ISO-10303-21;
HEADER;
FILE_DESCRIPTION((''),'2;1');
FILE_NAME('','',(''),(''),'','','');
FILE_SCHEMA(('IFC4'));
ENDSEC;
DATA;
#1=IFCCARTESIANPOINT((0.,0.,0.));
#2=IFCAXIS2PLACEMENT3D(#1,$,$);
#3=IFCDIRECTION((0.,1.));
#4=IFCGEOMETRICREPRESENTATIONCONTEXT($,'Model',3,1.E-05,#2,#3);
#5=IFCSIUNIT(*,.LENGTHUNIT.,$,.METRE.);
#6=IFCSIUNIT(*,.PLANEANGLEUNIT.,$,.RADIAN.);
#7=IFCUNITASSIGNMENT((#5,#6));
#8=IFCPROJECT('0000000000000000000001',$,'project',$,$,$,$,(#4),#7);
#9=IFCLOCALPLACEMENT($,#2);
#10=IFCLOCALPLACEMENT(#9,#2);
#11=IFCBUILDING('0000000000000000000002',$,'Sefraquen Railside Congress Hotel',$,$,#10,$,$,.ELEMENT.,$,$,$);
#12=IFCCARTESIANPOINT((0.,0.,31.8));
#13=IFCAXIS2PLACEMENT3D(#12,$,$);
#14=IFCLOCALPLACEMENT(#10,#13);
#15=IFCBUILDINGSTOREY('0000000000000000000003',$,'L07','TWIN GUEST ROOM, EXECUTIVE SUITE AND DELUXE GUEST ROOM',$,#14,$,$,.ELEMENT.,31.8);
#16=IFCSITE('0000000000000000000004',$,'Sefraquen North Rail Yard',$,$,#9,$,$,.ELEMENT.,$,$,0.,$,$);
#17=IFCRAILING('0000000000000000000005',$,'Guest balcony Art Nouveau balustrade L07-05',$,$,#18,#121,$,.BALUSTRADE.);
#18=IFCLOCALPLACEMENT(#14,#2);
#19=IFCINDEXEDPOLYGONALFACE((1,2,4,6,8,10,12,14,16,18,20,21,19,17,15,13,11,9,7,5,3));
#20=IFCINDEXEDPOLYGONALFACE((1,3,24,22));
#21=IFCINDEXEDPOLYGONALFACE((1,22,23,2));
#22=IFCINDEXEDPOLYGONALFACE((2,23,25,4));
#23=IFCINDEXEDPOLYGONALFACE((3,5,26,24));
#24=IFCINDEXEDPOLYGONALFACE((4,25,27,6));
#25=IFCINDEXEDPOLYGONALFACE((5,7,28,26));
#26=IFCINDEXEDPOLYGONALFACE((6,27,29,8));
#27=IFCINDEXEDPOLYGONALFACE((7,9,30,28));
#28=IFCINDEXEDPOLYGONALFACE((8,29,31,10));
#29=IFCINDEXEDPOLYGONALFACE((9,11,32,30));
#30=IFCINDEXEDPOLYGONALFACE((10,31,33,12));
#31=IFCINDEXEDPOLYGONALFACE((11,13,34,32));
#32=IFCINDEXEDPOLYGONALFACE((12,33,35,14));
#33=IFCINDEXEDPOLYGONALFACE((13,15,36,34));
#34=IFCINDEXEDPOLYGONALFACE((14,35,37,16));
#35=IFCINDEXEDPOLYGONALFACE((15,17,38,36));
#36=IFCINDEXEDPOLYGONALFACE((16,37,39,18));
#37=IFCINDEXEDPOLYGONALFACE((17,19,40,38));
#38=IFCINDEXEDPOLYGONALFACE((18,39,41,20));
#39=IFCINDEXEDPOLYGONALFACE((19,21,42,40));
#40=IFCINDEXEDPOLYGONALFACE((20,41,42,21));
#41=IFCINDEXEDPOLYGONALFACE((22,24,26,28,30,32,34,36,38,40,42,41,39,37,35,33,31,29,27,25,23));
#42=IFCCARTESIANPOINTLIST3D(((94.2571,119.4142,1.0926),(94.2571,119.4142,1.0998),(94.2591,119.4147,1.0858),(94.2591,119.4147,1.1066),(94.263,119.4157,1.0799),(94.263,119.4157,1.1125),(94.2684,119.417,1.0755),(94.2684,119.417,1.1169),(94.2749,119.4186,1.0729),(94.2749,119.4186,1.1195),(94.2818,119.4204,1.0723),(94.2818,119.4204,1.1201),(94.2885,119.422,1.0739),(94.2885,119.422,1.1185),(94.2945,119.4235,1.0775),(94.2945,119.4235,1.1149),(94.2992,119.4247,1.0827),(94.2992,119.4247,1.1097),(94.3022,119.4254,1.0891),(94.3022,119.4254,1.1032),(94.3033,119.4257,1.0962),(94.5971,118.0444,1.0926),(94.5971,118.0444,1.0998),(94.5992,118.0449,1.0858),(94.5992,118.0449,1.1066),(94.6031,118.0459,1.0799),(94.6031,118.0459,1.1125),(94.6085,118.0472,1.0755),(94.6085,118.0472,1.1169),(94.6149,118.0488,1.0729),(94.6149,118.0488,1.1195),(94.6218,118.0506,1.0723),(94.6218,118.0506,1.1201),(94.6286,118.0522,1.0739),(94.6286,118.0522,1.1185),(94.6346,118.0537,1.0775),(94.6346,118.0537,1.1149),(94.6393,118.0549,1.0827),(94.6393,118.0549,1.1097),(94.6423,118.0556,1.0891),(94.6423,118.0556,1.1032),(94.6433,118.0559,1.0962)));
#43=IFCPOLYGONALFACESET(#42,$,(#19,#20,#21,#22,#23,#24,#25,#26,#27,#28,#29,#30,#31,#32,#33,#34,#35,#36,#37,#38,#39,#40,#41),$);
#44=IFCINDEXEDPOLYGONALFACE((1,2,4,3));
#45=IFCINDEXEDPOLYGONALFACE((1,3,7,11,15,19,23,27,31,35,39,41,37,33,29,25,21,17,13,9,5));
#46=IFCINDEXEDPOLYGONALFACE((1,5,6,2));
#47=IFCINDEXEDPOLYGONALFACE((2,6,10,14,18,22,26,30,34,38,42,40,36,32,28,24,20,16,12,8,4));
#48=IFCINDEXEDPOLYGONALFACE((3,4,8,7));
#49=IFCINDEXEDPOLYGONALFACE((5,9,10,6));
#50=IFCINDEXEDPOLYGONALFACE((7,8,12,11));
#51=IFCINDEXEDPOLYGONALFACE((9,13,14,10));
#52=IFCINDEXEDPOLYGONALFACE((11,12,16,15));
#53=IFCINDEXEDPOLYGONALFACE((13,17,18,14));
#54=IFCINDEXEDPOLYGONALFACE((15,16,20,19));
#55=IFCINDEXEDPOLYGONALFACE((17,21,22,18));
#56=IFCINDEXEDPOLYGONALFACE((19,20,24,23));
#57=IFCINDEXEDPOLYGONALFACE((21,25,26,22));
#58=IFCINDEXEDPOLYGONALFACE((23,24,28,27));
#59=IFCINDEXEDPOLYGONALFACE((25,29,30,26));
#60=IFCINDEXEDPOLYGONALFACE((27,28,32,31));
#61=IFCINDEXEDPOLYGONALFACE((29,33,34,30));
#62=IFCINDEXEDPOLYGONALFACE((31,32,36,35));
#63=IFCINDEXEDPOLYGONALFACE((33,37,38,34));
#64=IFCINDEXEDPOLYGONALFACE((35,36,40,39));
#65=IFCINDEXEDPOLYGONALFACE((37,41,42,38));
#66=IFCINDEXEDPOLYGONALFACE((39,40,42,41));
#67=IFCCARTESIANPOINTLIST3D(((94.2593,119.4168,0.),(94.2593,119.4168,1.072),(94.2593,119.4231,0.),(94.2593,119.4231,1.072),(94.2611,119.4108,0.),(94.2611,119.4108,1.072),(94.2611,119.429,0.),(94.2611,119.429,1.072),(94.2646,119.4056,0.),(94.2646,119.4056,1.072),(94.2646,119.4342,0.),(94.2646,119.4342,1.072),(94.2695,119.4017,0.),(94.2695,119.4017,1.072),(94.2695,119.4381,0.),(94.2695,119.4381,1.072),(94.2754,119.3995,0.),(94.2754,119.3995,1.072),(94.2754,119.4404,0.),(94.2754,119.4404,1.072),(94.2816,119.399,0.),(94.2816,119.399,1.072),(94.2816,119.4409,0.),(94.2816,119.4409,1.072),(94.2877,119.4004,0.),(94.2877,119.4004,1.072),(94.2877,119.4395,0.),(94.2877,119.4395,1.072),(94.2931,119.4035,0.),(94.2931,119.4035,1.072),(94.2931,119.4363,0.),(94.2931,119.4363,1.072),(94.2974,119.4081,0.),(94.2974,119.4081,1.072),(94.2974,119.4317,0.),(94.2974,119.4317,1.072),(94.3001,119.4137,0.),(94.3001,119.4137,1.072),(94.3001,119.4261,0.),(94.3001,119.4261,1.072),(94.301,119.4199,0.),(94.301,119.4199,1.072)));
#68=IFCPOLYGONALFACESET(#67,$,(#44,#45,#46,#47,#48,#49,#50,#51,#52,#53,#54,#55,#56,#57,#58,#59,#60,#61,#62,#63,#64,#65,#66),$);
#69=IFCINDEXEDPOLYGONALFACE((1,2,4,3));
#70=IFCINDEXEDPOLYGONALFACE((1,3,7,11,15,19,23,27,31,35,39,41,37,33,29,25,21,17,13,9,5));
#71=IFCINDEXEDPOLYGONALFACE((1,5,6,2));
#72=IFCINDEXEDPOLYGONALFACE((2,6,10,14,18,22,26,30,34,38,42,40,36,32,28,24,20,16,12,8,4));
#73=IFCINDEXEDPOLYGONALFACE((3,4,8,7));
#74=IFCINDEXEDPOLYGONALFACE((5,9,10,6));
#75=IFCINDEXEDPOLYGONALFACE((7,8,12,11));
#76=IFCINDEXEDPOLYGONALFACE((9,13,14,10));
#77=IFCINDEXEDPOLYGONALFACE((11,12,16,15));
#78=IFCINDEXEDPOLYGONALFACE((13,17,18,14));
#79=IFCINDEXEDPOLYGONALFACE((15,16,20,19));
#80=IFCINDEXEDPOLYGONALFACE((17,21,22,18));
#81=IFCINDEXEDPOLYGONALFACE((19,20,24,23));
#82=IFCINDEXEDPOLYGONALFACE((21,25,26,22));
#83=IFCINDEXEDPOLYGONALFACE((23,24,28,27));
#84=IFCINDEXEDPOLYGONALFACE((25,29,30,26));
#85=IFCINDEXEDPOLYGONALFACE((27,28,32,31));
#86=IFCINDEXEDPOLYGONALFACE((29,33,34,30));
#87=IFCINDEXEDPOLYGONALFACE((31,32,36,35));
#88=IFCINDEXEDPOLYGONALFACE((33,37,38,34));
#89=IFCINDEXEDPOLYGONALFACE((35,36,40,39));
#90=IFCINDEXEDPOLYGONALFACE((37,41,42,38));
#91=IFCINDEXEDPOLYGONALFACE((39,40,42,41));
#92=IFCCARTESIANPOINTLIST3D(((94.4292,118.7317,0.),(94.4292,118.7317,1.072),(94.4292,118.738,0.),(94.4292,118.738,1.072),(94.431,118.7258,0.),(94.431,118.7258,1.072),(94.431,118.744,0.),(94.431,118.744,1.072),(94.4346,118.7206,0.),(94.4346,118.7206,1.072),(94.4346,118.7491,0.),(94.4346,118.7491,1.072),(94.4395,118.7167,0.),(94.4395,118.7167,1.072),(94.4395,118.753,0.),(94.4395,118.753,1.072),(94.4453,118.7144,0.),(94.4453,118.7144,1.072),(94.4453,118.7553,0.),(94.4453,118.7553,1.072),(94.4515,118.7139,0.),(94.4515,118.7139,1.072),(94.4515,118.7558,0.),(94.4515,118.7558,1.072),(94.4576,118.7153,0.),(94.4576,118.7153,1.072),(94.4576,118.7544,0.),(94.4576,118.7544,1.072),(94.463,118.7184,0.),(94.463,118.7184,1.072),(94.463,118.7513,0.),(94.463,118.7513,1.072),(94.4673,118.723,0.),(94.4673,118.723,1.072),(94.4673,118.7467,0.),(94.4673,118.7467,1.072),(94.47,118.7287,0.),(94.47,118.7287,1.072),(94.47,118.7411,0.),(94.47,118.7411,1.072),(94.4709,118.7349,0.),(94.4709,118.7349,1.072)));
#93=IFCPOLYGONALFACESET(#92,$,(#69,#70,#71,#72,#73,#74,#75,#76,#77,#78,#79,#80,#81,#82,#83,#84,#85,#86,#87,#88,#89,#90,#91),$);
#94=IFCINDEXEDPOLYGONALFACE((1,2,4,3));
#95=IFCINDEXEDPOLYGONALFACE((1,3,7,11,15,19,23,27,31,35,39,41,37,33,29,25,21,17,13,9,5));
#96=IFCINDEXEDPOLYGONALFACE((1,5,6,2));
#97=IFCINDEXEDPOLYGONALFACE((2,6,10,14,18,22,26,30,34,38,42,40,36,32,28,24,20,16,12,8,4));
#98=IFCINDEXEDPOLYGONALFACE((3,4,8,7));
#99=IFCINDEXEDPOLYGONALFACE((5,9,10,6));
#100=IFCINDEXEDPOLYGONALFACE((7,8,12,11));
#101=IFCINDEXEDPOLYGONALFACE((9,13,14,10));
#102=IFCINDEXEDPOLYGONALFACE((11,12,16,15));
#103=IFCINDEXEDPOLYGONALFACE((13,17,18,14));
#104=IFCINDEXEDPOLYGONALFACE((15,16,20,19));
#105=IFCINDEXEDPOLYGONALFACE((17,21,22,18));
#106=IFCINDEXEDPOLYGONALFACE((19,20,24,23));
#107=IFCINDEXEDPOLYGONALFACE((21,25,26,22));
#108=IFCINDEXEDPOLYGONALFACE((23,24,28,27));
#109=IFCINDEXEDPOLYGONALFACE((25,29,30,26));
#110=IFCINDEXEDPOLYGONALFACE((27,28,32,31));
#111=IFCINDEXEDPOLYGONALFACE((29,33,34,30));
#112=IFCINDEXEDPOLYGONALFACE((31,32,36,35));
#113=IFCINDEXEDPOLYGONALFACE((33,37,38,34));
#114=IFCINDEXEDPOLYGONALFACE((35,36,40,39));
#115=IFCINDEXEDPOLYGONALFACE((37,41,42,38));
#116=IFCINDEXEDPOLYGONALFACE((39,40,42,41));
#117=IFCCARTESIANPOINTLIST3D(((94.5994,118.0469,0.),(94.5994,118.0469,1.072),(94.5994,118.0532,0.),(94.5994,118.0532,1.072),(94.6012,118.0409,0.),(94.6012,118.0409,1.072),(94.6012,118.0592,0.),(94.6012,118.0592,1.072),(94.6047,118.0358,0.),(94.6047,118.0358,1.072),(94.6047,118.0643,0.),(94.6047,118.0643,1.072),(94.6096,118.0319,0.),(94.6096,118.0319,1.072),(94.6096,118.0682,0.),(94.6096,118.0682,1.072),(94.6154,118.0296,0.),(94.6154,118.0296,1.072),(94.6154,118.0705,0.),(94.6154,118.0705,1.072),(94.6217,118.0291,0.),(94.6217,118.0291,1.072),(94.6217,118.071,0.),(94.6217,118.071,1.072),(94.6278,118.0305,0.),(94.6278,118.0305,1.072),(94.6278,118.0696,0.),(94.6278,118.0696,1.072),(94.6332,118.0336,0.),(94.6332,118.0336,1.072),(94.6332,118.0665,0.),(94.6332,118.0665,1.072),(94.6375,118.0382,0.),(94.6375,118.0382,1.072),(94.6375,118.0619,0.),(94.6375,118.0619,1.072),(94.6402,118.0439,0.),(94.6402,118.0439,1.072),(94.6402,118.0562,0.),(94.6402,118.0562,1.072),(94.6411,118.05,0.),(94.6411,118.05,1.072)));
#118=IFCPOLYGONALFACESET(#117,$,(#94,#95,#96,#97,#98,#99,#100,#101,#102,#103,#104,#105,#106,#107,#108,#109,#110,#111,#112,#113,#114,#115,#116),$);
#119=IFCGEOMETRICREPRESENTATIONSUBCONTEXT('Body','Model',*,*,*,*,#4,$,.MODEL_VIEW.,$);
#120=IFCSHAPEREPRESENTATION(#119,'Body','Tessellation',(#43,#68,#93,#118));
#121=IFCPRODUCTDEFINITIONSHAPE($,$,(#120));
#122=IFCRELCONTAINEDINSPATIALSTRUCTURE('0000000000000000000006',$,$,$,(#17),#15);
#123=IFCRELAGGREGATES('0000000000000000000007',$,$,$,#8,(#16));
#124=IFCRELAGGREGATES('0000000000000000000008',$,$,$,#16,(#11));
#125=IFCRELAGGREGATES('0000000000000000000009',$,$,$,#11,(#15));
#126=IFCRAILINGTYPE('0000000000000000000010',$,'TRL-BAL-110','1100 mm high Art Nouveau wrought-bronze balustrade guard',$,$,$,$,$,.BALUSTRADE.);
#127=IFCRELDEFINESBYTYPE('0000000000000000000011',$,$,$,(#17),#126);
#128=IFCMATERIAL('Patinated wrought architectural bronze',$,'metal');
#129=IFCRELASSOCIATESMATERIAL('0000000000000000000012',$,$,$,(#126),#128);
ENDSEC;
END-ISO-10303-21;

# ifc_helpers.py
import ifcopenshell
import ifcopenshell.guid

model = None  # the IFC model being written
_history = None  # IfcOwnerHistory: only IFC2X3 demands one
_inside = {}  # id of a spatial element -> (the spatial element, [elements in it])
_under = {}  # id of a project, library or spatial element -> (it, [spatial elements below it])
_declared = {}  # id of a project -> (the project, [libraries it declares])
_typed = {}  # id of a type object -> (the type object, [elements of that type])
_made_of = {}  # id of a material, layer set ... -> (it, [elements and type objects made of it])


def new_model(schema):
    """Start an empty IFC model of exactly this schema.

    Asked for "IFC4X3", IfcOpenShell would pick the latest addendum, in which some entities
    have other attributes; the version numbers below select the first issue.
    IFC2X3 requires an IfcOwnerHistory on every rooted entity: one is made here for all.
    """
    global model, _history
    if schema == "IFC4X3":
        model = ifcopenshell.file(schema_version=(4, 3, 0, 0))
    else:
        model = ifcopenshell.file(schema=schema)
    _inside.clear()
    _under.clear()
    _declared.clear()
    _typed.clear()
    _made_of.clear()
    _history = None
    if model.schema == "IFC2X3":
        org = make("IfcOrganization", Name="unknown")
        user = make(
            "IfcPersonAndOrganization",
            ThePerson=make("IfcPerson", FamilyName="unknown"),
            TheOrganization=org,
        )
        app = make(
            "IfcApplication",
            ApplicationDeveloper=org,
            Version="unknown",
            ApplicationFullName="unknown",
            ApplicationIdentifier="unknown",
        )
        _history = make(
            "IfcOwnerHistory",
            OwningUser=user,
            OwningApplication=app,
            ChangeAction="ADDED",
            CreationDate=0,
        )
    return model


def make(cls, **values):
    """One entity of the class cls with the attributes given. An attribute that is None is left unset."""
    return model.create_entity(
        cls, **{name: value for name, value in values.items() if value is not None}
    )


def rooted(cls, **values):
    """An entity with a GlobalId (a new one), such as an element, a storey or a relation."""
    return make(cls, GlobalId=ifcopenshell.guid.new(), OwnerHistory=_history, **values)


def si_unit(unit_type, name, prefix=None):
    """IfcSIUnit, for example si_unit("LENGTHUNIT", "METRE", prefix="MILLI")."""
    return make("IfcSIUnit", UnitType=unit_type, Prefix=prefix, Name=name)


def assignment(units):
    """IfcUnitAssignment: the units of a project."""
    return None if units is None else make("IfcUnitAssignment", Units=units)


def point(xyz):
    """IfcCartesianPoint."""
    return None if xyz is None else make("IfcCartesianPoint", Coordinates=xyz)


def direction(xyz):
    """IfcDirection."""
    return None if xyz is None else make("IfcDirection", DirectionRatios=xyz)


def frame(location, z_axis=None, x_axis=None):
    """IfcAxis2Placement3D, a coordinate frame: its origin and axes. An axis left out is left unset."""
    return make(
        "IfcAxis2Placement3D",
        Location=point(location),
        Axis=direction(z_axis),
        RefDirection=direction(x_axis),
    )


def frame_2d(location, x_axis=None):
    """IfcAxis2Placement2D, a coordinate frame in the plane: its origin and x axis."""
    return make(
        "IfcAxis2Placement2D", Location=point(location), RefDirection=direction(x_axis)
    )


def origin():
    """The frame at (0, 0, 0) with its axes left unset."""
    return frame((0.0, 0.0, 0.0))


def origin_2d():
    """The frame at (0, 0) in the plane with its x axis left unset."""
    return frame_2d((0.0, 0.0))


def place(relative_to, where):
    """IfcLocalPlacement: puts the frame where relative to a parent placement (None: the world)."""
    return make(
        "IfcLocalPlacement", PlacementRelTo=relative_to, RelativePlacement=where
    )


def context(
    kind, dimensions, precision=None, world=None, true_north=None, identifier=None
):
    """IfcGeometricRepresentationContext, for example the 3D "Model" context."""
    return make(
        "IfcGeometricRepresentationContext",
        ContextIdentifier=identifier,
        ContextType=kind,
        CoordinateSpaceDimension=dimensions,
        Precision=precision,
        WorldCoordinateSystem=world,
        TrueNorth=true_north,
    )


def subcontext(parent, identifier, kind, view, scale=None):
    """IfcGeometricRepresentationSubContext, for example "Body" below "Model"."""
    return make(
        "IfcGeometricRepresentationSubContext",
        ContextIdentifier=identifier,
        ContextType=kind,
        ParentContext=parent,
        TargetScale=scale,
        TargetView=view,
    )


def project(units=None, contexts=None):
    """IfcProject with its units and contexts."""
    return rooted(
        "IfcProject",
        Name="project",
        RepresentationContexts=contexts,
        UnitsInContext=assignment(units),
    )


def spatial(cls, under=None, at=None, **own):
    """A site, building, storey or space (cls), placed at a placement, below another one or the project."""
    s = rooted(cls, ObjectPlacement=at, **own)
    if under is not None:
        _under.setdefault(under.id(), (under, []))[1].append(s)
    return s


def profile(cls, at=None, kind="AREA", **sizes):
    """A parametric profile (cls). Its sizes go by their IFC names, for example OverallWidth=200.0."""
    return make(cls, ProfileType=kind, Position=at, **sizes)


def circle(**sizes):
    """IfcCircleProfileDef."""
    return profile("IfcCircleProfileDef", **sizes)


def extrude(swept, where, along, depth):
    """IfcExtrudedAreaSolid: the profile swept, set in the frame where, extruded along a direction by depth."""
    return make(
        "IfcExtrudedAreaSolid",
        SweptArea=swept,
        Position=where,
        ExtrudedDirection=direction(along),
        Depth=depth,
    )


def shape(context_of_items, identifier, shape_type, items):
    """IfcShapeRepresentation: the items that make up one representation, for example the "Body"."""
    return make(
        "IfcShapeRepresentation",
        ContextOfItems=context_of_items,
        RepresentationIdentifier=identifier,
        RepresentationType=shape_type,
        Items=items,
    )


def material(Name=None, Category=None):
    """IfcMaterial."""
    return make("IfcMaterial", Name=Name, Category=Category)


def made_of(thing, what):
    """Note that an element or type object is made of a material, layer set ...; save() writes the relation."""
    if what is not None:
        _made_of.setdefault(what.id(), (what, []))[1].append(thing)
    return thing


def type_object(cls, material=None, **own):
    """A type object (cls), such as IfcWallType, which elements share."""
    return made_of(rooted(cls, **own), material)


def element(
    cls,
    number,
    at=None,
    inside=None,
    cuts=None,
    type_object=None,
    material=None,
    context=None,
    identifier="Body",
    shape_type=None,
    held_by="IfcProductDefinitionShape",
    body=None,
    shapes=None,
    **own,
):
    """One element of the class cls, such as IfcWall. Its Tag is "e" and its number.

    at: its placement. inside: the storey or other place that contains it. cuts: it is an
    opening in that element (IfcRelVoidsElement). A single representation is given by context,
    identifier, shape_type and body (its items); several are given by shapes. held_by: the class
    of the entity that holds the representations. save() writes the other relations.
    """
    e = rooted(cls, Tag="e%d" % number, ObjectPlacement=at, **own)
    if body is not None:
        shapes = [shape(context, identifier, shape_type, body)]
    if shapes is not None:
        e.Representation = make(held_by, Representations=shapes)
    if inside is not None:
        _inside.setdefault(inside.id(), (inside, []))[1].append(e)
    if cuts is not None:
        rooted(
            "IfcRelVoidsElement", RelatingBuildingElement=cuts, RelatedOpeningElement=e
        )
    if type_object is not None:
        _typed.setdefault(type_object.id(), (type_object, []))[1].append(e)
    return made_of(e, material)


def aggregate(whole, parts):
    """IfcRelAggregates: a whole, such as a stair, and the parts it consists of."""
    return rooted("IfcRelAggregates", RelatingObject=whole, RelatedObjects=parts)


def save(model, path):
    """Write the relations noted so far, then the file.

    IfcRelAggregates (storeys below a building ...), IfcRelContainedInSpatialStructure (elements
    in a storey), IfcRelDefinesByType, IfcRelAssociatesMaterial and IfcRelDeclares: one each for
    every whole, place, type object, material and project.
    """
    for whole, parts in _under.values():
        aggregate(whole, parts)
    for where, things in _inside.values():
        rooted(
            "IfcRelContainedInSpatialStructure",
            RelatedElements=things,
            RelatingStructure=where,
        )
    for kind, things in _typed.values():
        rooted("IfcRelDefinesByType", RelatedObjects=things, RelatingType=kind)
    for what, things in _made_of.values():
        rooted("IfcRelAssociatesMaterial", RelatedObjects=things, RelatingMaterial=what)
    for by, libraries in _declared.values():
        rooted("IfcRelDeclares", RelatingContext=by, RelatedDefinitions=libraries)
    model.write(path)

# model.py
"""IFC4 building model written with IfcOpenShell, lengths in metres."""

from ifc_helpers import new_model, si_unit, direction, frame, origin, origin_2d, place, context, subcontext, project, spatial, circle, extrude, material, type_object, element, save


model = new_model("IFC4")

# Units and contexts
model_context = context("Model", 3, precision=1e-05, world=origin(), true_north=direction((0.0, 1.0)))
body_context = subcontext(model_context, "Body", "Model", "MODEL_VIEW")
ifc_project = project(units=[si_unit("LENGTHUNIT", "METRE"), si_unit("PLANEANGLEUNIT", "RADIAN")], contexts=[model_context])

# Site, building, storey
site_placement = place(None, origin())
site = spatial("IfcSite", under=ifc_project, at=site_placement, Name="Sefraquen North Rail Yard", CompositionType="ELEMENT", RefElevation=0.0)
building_placement = place(site_placement, origin())
building = spatial("IfcBuilding", under=site, at=building_placement, Name="Sefraquen Railside Congress Hotel", CompositionType="ELEMENT")
storey_placement = place(building_placement, frame((0.0, 0.0, 31.8)))
storey = spatial("IfcBuildingStorey", under=building, at=storey_placement, Name="L07", Description="TWIN GUEST ROOM, EXECUTIVE SUITE AND DELUXE GUEST ROOM", CompositionType="ELEMENT", Elevation=31.8)

# Railing
ifc_material_1 = material(Name="Patinated wrought architectural bronze", Category="metal")
railing_type = type_object("IfcRailingType", Name="TRL-BAL-110", Description="1100 mm high Art Nouveau wrought-bronze balustrade guard", PredefinedType="BALUSTRADE", material=ifc_material_1)
railing_1_placement = place(storey_placement, frame((94.28, 119.4199, 0.0)))
element("IfcRailing", 1, at=railing_1_placement, inside=storey, type_object=railing_type, Name="Guest balcony Art Nouveau balustrade L07-05", PredefinedType="BALUSTRADE", context=body_context, shape_type="SweptSolid", body=[
    extrude(circle(Radius=0.0239, at=origin_2d()), frame((0.0, 0.0, 1.0962), z_axis=(0.240948, -0.970538, 0.0), x_axis=(0.970538, 0.240948, 0.0)), (0.0, 0.0, 1.0), 1.4114),
    extrude(circle(Radius=0.021, at=origin_2d()), origin(), (0.0, 0.0, 1.0), 1.072),
    extrude(circle(Radius=0.021, at=origin_2d()), frame((0.1699, -0.6851, 0.0)), (0.0, 0.0, 1.0), 1.072),
    extrude(circle(Radius=0.021, at=origin_2d()), frame((0.3401, -1.3699, 0.0)), (0.0, 0.0, 1.0), 1.072),
])

save(model, "model.ifc")
